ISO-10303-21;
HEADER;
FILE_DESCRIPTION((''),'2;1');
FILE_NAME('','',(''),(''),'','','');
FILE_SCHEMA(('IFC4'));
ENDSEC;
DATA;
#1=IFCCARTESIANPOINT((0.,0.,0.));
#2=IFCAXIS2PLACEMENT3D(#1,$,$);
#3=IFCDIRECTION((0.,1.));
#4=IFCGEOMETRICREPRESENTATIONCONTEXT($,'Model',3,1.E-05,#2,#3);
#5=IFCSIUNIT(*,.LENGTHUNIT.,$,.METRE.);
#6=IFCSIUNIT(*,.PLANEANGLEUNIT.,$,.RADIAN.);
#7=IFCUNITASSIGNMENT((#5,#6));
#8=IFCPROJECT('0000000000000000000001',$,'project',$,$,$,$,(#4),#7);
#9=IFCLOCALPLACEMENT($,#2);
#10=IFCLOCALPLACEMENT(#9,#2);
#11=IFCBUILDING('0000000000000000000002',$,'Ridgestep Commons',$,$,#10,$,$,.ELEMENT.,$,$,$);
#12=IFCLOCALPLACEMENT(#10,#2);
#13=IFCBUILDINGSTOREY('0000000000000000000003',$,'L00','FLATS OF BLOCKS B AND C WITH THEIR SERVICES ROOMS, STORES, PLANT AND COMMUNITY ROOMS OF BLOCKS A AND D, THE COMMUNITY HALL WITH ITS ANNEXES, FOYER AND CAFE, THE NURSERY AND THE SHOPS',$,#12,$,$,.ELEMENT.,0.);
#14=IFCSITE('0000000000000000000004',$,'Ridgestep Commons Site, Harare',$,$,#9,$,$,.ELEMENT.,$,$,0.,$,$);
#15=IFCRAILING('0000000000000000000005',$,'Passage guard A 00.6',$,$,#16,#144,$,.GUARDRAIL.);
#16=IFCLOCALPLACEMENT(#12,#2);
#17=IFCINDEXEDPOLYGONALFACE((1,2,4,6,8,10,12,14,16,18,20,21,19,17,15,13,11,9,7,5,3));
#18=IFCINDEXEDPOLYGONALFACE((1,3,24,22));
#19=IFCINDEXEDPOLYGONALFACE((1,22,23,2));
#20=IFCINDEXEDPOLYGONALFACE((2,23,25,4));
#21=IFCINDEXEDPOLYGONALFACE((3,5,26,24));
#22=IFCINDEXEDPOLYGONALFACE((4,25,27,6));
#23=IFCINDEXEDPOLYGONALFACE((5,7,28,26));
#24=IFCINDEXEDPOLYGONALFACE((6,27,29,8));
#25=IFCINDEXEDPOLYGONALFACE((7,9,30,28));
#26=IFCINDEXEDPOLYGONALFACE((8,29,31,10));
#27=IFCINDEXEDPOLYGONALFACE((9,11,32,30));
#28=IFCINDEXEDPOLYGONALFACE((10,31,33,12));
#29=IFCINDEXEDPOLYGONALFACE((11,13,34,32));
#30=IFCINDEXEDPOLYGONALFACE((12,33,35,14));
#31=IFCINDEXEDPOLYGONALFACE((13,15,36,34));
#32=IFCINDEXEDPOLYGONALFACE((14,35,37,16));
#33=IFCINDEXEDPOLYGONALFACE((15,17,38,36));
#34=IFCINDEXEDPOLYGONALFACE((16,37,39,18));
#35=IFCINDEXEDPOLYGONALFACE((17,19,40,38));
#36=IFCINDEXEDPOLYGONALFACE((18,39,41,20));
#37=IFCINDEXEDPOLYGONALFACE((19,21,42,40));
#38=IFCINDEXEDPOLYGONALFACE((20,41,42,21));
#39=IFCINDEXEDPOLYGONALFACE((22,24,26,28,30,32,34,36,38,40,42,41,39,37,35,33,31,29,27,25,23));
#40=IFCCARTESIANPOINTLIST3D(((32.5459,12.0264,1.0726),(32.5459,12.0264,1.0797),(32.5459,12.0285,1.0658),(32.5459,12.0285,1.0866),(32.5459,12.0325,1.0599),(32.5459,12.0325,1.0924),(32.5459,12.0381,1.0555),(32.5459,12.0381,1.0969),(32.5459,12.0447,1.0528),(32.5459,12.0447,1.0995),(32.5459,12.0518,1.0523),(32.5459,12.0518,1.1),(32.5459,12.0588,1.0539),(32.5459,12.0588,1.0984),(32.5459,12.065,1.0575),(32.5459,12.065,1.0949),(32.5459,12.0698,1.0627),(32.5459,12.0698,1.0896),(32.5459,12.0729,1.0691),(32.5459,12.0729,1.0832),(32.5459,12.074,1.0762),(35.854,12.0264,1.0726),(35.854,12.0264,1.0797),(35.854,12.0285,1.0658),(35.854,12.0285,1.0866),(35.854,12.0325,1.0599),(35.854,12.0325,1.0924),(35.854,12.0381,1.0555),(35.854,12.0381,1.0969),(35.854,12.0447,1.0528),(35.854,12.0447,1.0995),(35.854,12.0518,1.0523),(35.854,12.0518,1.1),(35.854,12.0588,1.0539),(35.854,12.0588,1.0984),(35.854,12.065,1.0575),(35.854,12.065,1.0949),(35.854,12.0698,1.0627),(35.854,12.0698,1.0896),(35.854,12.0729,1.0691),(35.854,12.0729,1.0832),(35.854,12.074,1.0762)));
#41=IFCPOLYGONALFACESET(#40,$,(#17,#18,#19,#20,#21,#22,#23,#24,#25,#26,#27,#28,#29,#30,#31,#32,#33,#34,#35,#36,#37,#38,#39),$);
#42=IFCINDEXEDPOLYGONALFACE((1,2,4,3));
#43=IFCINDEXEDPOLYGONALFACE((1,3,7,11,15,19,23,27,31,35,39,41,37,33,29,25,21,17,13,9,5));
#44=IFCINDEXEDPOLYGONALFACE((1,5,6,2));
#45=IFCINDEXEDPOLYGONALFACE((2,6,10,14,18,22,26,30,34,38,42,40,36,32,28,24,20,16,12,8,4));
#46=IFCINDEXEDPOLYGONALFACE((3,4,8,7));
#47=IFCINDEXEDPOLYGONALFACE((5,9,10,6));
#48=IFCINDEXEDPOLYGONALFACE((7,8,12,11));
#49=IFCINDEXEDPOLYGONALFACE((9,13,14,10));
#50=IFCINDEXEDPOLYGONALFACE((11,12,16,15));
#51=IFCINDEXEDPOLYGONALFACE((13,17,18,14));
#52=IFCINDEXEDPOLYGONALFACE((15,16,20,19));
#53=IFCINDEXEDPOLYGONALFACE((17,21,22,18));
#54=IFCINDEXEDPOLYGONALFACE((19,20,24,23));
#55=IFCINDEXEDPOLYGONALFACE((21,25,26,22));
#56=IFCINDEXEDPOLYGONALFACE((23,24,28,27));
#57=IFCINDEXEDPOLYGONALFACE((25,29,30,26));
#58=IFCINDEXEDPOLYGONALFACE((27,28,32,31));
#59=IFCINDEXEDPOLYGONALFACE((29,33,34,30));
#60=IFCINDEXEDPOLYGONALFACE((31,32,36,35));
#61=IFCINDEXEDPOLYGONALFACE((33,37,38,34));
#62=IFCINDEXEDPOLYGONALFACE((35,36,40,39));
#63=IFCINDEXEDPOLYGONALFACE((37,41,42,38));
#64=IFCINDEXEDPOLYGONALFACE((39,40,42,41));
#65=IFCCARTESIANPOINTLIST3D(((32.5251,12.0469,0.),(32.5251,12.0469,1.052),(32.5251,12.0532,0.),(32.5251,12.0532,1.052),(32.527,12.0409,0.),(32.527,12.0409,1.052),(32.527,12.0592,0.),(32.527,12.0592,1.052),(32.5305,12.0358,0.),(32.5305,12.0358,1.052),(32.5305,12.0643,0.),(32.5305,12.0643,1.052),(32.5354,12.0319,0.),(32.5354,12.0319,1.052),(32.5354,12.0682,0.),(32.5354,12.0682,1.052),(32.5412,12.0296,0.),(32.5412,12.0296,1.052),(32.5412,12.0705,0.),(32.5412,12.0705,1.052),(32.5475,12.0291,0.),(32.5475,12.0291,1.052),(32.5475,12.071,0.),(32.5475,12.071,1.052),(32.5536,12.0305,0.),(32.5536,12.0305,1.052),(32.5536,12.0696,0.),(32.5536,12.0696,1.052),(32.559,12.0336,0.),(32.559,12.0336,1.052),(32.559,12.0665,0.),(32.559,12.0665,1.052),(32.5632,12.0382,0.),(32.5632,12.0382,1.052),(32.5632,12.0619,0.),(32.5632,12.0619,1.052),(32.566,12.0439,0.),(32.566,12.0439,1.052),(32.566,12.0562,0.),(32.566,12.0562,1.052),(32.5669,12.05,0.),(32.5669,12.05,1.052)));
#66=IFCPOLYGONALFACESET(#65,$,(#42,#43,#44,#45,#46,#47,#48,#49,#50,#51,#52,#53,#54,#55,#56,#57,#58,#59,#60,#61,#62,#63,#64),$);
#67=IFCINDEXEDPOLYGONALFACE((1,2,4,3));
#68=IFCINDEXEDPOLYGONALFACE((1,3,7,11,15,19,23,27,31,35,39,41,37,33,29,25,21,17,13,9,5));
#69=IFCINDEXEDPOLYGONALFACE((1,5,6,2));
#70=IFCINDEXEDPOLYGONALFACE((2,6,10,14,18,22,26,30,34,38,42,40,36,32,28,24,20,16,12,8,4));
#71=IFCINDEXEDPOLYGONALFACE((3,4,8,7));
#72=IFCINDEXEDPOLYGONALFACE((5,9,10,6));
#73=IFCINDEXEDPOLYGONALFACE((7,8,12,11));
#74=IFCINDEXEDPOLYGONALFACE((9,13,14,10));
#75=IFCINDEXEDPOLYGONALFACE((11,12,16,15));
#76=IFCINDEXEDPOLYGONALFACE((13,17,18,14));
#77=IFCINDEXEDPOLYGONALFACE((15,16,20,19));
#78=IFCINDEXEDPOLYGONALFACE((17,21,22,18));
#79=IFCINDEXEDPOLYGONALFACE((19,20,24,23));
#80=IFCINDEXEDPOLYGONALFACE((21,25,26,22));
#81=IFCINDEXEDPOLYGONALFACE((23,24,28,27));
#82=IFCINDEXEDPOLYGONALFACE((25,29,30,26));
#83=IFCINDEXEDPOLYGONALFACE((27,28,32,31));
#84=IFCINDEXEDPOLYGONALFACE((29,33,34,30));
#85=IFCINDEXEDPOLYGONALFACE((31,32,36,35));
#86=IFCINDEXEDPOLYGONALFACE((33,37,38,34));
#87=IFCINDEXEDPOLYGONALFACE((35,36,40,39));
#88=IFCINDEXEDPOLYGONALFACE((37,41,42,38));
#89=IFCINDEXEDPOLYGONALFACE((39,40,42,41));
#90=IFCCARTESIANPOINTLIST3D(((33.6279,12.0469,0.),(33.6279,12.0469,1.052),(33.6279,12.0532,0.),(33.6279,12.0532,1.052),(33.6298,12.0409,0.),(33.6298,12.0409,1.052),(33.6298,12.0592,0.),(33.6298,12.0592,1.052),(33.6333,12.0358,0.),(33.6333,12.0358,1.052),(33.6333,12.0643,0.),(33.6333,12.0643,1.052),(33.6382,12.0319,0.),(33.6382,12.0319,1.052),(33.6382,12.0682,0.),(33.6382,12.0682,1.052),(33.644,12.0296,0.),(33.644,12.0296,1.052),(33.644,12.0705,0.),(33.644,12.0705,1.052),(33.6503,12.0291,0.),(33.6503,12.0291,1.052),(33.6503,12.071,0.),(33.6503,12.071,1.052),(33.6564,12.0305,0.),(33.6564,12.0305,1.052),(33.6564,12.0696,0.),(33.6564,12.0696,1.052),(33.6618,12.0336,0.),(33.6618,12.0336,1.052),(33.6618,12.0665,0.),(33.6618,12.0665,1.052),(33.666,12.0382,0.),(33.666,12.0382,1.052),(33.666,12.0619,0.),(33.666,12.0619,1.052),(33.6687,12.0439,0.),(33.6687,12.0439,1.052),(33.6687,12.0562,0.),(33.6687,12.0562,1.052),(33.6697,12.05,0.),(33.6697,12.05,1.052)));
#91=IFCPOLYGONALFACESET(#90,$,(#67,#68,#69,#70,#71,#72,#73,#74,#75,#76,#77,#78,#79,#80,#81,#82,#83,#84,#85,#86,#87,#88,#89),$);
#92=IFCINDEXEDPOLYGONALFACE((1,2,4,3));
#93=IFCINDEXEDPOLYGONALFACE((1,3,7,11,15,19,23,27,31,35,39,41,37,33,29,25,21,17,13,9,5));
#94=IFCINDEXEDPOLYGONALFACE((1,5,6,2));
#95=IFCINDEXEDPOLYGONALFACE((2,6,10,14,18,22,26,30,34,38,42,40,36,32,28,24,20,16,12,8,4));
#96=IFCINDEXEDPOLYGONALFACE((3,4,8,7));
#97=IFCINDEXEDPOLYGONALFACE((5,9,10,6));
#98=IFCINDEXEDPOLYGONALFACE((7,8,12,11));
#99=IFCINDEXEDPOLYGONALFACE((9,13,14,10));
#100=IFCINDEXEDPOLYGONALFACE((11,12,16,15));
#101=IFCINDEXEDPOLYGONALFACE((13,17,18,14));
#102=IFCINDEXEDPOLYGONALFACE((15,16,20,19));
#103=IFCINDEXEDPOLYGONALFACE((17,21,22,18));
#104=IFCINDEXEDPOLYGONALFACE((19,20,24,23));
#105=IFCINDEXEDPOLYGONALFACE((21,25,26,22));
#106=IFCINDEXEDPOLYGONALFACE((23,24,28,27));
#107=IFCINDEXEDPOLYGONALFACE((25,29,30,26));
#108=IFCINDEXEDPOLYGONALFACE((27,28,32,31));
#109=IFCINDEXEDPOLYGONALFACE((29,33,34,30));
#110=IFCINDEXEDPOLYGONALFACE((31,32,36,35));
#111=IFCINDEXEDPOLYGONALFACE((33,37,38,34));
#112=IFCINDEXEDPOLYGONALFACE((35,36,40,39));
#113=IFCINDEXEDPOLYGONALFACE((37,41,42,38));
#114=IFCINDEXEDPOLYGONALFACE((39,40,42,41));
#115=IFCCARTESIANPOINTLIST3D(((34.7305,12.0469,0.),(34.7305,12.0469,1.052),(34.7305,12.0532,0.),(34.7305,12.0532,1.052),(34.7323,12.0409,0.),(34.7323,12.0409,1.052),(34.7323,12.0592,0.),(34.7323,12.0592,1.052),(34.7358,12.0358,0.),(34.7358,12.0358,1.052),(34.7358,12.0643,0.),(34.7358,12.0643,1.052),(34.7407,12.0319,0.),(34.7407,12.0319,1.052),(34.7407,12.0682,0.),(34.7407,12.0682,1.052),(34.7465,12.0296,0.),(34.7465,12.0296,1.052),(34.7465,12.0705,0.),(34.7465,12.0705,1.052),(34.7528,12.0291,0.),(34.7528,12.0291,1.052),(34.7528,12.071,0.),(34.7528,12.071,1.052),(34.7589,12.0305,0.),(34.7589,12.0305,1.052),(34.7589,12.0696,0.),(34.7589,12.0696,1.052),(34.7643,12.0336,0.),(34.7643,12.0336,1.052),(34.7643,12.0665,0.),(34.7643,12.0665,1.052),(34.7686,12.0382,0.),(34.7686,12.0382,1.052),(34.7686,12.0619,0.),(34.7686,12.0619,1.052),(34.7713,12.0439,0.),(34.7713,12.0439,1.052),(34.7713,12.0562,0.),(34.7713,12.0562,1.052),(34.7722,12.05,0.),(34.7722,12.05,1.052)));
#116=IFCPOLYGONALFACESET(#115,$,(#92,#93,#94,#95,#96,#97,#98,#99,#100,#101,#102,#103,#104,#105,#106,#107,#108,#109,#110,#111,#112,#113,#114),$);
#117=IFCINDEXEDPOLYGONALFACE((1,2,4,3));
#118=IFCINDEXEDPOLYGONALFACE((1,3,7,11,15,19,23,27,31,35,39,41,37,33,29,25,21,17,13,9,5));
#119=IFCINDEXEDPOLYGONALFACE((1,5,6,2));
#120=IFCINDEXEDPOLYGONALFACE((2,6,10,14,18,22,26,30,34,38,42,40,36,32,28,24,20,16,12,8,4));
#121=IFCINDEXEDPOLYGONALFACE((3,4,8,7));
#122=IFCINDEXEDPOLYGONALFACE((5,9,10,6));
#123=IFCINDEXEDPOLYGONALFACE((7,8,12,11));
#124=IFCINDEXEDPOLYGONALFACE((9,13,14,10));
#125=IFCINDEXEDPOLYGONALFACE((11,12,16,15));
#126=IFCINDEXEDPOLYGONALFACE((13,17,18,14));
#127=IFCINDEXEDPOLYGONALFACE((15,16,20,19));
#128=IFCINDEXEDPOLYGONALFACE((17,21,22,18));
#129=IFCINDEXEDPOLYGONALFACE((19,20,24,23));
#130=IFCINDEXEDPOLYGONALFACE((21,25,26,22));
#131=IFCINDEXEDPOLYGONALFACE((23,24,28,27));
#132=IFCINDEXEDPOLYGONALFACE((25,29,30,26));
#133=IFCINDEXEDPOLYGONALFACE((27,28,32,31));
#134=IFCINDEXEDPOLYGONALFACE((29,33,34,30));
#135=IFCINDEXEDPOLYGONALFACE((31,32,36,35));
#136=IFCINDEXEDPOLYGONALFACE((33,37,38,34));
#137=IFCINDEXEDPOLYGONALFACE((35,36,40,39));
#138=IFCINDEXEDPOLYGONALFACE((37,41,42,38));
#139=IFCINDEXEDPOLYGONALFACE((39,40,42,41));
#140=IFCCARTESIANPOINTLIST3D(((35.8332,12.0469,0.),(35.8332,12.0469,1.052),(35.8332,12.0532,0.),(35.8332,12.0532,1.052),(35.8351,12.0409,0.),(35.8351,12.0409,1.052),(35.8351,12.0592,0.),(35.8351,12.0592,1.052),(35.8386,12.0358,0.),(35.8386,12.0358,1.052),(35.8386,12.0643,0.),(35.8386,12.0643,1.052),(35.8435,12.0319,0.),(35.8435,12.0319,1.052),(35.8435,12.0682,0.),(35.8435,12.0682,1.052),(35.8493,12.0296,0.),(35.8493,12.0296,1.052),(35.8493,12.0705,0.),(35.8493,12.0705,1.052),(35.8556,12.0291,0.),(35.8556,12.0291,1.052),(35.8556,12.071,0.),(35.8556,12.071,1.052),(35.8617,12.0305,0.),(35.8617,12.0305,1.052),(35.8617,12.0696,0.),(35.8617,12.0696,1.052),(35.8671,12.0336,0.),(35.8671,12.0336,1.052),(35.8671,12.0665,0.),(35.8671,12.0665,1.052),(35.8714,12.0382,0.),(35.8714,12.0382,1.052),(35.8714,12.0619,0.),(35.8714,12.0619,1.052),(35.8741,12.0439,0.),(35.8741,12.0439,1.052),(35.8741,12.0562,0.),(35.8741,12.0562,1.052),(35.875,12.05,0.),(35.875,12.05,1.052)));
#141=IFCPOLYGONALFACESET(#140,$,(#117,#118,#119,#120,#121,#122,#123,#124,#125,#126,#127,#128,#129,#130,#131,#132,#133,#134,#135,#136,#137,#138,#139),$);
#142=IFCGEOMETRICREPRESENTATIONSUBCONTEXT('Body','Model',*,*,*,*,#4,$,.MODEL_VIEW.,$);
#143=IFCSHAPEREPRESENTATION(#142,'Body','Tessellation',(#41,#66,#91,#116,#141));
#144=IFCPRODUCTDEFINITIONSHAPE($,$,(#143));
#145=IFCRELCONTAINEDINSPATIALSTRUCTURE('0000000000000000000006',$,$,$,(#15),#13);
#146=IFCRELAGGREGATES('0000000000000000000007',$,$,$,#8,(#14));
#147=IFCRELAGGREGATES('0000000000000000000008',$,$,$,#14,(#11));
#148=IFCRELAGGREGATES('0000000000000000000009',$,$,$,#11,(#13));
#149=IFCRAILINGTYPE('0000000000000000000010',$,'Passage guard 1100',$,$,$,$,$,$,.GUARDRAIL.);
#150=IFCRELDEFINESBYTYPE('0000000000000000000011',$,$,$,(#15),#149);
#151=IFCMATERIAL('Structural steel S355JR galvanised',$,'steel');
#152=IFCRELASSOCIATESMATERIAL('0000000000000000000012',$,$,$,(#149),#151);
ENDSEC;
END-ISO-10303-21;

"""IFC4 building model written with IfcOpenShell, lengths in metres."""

from ifc_helpers import new_model, si_unit, direction, frame, origin, origin_2d, place, context, subcontext, project, spatial, circle, extrude, material, type_object, element, save


model = new_model("IFC4")

# Units and contexts
model_context = context("Model", 3, precision=1e-05, world=origin(), true_north=direction((0.0, 1.0)))
body_context = subcontext(model_context, "Body", "Model", "MODEL_VIEW")
ifc_project = project(units=[si_unit("LENGTHUNIT", "METRE"), si_unit("PLANEANGLEUNIT", "RADIAN")], contexts=[model_context])

# Site, building, storey
site_placement = place(None, origin())
site = spatial("IfcSite", under=ifc_project, at=site_placement, Name="Ridgestep Commons Site, Harare", CompositionType="ELEMENT", RefElevation=0.0)
building_placement = place(site_placement, origin())
building = spatial("IfcBuilding", under=site, at=building_placement, Name="Ridgestep Commons", CompositionType="ELEMENT")
storey_placement = place(building_placement, origin())
storey = spatial("IfcBuildingStorey", under=building, at=storey_placement, Name="L00", Description="FLATS OF BLOCKS B AND C WITH THEIR SERVICES ROOMS, STORES, PLANT AND COMMUNITY ROOMS OF BLOCKS A AND D, THE COMMUNITY HALL WITH ITS ANNEXES, FOYER AND CAFE, THE NURSERY AND THE SHOPS", CompositionType="ELEMENT", Elevation=0.0)

# Railing
ifc_material_1 = material(Name="Structural steel S355JR galvanised", Category="steel")
railing_type_1 = type_object("IfcRailingType", Name="Passage guard 1100", PredefinedType="GUARDRAIL", material=ifc_material_1)
for number, where, name in (
    (1, (32.5459, 12.05, 0.0), "Passage guard A 00.6"),
):
    element("IfcRailing", number, at=place(storey_placement, frame(where)), inside=storey, type_object=railing_type_1, Name=name, PredefinedType="GUARDRAIL", context=body_context, shape_type="SweptSolid", body=[
        extrude(circle(Radius=0.0239, at=origin_2d()), frame((0.0, 0.0, 1.0762), z_axis=(1.0, 0.0, 0.0), x_axis=(0.0, 1.0, 0.0)), (0.0, 0.0, 1.0), 3.3081),
        extrude(circle(Radius=0.021, at=origin_2d()), origin(), (0.0, 0.0, 1.0), 1.052),
        extrude(circle(Radius=0.021, at=origin_2d()), frame((1.1028, 0.0, 0.0)), (0.0, 0.0, 1.0), 1.052),
        extrude(circle(Radius=0.021, at=origin_2d()), frame((2.2053, 0.0, 0.0)), (0.0, 0.0, 1.0), 1.052),
        extrude(circle(Radius=0.021, at=origin_2d()), frame((3.3081, 0.0, 0.0)), (0.0, 0.0, 1.0), 1.052),
    ])

save(model, "model.ifc")
